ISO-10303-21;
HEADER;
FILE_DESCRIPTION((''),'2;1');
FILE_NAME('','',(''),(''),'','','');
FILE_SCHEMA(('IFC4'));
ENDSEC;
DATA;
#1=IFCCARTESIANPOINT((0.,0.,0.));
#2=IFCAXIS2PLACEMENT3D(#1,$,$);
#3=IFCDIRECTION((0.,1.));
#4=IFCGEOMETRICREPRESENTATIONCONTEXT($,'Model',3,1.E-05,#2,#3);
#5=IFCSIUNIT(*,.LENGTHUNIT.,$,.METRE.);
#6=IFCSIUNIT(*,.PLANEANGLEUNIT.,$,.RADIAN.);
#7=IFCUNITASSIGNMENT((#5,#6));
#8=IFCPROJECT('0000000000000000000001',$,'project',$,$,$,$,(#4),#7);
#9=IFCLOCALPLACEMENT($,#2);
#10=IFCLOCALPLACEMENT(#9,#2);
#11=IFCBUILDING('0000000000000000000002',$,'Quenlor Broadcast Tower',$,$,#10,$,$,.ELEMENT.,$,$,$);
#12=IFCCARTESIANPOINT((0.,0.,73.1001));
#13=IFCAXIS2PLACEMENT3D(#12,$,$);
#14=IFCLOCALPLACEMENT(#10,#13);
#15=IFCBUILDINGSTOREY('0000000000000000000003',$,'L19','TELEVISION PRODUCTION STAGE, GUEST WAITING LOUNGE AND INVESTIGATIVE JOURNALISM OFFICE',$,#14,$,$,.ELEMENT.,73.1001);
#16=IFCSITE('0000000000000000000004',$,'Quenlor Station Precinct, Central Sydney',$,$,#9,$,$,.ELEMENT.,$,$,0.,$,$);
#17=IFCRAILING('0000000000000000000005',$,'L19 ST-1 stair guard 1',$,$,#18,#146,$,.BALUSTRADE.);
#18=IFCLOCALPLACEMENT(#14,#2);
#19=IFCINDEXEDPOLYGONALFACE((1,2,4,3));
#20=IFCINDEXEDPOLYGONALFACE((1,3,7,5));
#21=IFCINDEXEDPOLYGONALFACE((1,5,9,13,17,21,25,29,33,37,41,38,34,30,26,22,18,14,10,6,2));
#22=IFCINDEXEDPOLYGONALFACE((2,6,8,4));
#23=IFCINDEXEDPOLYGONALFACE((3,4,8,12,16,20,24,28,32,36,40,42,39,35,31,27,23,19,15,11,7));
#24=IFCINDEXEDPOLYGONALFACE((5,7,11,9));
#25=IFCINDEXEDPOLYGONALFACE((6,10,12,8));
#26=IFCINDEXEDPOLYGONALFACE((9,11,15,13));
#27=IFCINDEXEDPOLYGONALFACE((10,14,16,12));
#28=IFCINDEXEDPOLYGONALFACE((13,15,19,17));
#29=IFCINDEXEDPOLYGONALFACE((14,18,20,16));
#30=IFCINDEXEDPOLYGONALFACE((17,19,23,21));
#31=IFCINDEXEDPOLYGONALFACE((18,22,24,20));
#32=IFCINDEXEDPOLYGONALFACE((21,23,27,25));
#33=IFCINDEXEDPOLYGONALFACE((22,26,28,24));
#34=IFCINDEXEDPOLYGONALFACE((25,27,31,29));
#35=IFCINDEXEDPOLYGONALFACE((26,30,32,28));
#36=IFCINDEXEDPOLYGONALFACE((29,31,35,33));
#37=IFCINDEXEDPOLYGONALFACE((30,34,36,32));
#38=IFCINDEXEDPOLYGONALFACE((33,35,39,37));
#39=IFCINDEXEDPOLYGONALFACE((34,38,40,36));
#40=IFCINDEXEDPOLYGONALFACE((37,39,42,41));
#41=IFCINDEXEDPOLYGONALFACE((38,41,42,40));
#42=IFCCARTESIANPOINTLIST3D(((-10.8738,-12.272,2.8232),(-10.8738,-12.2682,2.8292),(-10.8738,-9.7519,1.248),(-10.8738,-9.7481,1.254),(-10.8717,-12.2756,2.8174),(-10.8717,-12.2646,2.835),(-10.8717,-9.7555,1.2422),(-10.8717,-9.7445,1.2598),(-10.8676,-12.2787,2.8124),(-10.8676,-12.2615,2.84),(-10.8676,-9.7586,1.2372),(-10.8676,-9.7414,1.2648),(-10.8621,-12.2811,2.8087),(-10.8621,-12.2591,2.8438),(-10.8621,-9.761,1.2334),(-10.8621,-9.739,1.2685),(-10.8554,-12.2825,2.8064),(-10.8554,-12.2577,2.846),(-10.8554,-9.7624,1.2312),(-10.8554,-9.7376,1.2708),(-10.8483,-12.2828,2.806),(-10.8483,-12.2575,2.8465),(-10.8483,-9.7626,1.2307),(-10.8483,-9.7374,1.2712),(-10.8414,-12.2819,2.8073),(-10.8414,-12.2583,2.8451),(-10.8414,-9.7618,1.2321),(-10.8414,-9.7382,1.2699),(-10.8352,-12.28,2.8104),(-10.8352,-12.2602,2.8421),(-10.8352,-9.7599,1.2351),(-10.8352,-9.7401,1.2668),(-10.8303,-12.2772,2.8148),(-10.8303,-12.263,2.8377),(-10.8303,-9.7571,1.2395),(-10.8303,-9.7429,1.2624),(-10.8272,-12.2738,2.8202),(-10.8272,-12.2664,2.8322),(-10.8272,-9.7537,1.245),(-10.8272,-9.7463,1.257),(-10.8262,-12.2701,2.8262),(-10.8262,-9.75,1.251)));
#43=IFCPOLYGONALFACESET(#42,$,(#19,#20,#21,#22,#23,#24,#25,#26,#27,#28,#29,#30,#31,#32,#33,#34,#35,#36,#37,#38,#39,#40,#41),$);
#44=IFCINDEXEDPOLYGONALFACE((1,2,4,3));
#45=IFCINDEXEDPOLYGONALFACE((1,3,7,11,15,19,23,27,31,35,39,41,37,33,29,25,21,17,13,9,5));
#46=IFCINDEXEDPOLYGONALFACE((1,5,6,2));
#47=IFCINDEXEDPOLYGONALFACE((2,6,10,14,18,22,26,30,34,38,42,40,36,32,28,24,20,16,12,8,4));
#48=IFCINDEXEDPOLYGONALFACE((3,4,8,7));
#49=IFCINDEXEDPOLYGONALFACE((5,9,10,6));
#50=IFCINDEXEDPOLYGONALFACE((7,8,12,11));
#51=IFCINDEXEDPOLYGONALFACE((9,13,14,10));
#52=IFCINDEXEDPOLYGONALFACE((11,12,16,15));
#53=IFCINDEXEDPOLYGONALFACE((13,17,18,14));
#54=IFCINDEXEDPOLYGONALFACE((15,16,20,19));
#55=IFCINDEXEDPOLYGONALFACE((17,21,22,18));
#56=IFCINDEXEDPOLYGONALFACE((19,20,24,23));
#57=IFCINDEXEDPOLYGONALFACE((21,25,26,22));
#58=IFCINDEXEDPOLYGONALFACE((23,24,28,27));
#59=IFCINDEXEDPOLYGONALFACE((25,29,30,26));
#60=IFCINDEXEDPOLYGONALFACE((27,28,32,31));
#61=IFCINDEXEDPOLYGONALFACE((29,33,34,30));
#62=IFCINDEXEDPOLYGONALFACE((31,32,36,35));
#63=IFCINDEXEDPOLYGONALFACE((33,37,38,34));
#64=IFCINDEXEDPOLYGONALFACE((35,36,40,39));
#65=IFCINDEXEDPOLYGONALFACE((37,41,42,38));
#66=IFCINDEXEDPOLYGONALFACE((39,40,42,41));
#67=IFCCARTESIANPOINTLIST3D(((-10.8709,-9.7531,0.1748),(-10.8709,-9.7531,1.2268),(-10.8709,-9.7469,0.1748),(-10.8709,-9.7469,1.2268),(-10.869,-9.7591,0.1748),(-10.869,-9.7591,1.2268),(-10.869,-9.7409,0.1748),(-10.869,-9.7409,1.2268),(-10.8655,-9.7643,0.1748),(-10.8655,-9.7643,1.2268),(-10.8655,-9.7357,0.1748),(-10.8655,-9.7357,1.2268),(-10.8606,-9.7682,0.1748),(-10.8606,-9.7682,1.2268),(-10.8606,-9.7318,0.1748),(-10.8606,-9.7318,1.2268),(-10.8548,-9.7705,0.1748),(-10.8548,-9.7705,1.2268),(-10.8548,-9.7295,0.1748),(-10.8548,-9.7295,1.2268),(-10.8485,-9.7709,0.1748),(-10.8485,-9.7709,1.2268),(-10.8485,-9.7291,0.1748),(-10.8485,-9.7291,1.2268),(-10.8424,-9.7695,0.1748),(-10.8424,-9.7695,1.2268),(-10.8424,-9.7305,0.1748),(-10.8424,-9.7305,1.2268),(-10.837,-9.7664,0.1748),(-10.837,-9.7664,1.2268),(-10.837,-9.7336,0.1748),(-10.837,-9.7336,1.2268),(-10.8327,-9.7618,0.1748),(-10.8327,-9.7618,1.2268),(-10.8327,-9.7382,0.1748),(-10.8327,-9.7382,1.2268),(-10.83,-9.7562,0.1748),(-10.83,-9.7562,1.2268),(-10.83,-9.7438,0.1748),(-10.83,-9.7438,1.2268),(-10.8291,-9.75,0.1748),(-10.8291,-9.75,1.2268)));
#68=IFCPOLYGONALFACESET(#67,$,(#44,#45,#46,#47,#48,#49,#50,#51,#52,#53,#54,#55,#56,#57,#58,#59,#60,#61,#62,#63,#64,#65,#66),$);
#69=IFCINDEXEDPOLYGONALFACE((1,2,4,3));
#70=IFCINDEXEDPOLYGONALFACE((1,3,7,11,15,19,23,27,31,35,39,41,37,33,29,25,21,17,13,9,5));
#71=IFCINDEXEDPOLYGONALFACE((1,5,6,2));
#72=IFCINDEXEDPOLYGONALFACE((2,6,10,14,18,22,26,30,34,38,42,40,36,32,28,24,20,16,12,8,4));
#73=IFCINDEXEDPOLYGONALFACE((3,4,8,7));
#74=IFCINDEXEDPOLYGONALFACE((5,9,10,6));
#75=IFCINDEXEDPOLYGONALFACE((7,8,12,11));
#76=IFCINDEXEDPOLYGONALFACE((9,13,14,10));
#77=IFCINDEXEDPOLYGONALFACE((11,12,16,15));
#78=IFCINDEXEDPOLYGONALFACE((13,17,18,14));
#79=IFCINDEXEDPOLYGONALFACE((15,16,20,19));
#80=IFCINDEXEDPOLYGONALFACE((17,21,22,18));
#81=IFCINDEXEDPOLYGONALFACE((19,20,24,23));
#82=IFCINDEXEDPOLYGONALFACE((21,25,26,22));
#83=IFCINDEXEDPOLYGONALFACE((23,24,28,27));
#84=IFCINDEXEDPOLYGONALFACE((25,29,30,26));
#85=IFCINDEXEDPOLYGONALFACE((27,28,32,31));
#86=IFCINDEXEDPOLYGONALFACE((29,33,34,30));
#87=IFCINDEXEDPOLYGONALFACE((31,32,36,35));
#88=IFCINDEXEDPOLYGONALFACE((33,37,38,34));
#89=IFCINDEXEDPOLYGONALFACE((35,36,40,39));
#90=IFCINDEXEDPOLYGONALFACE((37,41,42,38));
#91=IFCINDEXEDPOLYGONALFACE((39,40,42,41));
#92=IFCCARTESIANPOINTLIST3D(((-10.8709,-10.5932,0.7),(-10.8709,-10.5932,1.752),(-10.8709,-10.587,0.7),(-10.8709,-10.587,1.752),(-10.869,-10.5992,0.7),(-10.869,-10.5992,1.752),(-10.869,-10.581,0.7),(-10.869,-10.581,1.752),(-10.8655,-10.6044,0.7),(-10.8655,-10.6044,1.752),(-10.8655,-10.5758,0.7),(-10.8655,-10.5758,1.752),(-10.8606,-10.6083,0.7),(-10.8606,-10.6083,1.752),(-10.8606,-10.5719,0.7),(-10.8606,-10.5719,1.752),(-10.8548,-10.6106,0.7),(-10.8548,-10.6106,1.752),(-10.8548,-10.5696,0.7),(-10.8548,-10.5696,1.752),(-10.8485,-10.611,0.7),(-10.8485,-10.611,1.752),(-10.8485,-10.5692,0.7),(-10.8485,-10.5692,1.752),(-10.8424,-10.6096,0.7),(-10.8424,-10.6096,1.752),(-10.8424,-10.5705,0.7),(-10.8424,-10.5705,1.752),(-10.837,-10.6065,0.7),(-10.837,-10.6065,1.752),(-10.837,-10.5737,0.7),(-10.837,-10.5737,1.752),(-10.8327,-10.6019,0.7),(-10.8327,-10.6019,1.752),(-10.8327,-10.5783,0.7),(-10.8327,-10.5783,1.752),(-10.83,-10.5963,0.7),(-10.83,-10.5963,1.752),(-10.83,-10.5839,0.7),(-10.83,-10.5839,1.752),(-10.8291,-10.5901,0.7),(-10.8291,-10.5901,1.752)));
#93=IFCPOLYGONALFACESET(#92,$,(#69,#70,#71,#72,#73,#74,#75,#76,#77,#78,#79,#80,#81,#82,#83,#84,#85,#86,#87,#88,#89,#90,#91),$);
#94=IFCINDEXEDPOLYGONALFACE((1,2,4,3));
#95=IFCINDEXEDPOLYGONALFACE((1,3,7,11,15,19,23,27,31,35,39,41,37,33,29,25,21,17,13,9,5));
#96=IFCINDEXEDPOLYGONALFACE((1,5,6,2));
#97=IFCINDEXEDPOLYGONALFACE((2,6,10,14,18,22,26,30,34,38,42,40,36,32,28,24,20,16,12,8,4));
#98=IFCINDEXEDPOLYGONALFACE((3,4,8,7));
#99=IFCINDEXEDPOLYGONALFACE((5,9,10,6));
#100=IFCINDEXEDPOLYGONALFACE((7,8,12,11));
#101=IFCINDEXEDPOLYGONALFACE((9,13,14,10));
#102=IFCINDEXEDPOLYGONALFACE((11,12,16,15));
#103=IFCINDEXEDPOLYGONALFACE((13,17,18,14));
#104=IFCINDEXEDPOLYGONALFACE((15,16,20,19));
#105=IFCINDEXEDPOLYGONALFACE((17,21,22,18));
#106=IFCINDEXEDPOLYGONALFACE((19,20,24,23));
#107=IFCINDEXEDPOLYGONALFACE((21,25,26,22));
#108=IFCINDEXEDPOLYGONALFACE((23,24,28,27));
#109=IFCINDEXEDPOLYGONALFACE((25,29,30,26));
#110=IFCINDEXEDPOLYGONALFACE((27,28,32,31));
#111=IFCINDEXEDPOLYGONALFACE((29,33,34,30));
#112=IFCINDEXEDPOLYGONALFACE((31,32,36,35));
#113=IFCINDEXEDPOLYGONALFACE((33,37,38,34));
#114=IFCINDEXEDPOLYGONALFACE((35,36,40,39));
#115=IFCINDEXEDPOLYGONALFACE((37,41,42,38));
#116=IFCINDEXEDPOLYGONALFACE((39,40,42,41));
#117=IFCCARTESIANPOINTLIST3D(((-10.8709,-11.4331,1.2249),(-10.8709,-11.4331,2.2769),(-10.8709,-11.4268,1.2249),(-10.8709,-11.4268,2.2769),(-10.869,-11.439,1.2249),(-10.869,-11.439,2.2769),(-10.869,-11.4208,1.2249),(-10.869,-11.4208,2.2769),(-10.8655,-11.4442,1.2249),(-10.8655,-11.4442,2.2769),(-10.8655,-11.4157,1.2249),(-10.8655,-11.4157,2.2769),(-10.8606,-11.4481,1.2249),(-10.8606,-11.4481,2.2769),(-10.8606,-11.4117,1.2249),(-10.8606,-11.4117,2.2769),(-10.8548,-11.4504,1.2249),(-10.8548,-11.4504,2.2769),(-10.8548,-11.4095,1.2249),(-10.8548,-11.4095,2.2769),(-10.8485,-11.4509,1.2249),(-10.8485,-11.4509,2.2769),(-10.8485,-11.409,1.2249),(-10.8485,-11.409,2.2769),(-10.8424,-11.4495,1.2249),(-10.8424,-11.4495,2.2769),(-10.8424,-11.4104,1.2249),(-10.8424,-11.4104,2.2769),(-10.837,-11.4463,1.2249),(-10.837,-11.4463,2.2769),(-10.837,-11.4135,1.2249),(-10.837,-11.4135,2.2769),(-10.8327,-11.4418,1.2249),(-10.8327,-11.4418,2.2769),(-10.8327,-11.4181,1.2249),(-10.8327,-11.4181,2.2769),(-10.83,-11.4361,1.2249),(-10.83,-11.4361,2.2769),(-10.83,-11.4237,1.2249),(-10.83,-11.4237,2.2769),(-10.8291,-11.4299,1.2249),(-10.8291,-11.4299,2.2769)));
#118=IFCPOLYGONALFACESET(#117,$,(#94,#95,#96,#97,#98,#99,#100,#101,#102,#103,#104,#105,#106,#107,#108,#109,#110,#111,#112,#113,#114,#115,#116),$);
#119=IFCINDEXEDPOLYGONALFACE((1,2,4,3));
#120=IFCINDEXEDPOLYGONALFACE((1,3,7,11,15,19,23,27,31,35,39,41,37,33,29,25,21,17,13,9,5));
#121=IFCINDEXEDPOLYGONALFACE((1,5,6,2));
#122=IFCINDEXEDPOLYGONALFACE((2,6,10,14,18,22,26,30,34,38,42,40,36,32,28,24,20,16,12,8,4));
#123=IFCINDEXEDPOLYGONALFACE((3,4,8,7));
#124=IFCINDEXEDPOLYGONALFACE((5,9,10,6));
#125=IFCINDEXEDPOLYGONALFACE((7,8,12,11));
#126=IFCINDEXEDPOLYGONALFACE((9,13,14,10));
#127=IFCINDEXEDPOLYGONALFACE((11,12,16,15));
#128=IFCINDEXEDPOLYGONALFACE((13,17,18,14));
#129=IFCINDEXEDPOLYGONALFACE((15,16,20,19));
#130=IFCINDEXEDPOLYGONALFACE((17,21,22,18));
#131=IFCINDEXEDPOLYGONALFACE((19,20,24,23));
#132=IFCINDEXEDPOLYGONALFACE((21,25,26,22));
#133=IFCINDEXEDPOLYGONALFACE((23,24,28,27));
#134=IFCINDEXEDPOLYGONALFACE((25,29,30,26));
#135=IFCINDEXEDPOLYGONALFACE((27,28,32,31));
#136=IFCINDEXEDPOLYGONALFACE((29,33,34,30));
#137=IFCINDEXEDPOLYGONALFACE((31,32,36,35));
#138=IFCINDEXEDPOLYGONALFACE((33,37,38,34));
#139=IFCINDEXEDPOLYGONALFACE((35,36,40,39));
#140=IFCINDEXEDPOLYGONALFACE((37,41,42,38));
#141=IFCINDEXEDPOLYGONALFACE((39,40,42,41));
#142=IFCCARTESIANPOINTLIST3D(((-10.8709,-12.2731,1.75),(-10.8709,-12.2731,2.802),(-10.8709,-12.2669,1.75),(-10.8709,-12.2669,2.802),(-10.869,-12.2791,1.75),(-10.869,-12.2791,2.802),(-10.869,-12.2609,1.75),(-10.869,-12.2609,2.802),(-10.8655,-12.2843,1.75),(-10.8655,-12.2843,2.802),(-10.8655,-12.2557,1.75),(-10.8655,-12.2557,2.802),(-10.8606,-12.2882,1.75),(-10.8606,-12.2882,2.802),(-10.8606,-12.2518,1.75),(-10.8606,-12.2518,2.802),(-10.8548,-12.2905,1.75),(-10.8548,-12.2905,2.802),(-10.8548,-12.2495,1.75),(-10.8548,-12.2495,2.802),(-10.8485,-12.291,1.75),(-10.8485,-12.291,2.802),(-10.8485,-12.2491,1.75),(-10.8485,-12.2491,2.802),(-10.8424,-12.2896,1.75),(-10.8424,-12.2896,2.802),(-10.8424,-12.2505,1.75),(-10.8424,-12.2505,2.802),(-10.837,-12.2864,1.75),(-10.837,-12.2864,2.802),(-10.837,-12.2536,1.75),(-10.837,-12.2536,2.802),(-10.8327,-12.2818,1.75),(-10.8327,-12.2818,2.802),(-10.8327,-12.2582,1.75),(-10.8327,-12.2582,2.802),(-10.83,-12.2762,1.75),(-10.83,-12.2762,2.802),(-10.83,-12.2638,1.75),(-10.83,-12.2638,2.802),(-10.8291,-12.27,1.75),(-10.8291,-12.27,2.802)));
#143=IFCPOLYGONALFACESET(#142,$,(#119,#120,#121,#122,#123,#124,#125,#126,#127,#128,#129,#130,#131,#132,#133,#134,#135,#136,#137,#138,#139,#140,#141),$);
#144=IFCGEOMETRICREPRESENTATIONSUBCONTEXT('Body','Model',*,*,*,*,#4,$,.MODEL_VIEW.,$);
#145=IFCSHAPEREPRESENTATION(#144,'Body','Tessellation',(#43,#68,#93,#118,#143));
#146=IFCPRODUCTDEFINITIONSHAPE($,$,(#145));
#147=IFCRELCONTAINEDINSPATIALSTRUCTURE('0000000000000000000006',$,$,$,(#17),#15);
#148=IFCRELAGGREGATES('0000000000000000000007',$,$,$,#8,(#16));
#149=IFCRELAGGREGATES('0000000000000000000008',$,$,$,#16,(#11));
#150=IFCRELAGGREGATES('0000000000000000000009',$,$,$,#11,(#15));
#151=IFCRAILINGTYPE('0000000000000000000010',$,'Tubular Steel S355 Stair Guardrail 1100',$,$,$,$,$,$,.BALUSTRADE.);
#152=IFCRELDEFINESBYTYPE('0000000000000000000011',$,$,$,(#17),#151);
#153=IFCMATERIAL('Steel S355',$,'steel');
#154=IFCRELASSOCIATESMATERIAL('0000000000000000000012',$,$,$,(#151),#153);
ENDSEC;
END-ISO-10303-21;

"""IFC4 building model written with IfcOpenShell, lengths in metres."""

from ifc_helpers import new_model, si_unit, direction, frame, origin, origin_2d, place, context, subcontext, project, spatial, circle, extrude, material, type_object, element, save


model = new_model("IFC4")

# Units and contexts
model_context = context("Model", 3, precision=1e-05, world=origin(), true_north=direction((0.0, 1.0)))
body_context = subcontext(model_context, "Body", "Model", "MODEL_VIEW")
ifc_project = project(units=[si_unit("LENGTHUNIT", "METRE"), si_unit("PLANEANGLEUNIT", "RADIAN")], contexts=[model_context])

# Site, building, storey
site_placement = place(None, origin())
site = spatial("IfcSite", under=ifc_project, at=site_placement, Name="Quenlor Station Precinct, Central Sydney", CompositionType="ELEMENT", RefElevation=0.0)
building_placement = place(site_placement, origin())
building = spatial("IfcBuilding", under=site, at=building_placement, Name="Quenlor Broadcast Tower", CompositionType="ELEMENT")
storey_placement = place(building_placement, frame((0.0, 0.0, 73.1001)))
storey = spatial("IfcBuildingStorey", under=building, at=storey_placement, Name="L19", Description="TELEVISION PRODUCTION STAGE, GUEST WAITING LOUNGE AND INVESTIGATIVE JOURNALISM OFFICE", CompositionType="ELEMENT", Elevation=73.1001)

# Railing
ifc_material_1 = material(Name="Steel S355", Category="steel")
railing_type_1 = type_object("IfcRailingType", Name="Tubular Steel S355 Stair Guardrail 1100", PredefinedType="BALUSTRADE", material=ifc_material_1)
railing_1_placement = place(storey_placement, frame((-10.8501, -9.75, 0.1748)))
element("IfcRailing", 1, at=railing_1_placement, inside=storey, type_object=railing_type_1, Name="L19 ST-1 stair guard 1", PredefinedType="BALUSTRADE", context=body_context, shape_type="SweptSolid", body=[
    extrude(circle(Radius=0.0239, at=origin_2d()), frame((0.0, 0.0, 1.0762), z_axis=(0.0, -0.847971, 0.530043), x_axis=(1.0, 0.0, 0.0)), (0.0, 0.0, 1.0), 2.9719),
    extrude(circle(Radius=0.021, at=origin_2d()), origin(), (0.0, 0.0, 1.0), 1.052),
    extrude(circle(Radius=0.021, at=origin_2d()), frame((0.0, -0.8401, 0.5251)), (0.0, 0.0, 1.0), 1.052),
    extrude(circle(Radius=0.021, at=origin_2d()), frame((0.0, -1.6799, 1.05)), (0.0, 0.0, 1.0), 1.052),
    extrude(circle(Radius=0.021, at=origin_2d()), frame((0.0, -2.52, 1.5752)), (0.0, 0.0, 1.0), 1.052),
])

save(model, "model.ifc")
